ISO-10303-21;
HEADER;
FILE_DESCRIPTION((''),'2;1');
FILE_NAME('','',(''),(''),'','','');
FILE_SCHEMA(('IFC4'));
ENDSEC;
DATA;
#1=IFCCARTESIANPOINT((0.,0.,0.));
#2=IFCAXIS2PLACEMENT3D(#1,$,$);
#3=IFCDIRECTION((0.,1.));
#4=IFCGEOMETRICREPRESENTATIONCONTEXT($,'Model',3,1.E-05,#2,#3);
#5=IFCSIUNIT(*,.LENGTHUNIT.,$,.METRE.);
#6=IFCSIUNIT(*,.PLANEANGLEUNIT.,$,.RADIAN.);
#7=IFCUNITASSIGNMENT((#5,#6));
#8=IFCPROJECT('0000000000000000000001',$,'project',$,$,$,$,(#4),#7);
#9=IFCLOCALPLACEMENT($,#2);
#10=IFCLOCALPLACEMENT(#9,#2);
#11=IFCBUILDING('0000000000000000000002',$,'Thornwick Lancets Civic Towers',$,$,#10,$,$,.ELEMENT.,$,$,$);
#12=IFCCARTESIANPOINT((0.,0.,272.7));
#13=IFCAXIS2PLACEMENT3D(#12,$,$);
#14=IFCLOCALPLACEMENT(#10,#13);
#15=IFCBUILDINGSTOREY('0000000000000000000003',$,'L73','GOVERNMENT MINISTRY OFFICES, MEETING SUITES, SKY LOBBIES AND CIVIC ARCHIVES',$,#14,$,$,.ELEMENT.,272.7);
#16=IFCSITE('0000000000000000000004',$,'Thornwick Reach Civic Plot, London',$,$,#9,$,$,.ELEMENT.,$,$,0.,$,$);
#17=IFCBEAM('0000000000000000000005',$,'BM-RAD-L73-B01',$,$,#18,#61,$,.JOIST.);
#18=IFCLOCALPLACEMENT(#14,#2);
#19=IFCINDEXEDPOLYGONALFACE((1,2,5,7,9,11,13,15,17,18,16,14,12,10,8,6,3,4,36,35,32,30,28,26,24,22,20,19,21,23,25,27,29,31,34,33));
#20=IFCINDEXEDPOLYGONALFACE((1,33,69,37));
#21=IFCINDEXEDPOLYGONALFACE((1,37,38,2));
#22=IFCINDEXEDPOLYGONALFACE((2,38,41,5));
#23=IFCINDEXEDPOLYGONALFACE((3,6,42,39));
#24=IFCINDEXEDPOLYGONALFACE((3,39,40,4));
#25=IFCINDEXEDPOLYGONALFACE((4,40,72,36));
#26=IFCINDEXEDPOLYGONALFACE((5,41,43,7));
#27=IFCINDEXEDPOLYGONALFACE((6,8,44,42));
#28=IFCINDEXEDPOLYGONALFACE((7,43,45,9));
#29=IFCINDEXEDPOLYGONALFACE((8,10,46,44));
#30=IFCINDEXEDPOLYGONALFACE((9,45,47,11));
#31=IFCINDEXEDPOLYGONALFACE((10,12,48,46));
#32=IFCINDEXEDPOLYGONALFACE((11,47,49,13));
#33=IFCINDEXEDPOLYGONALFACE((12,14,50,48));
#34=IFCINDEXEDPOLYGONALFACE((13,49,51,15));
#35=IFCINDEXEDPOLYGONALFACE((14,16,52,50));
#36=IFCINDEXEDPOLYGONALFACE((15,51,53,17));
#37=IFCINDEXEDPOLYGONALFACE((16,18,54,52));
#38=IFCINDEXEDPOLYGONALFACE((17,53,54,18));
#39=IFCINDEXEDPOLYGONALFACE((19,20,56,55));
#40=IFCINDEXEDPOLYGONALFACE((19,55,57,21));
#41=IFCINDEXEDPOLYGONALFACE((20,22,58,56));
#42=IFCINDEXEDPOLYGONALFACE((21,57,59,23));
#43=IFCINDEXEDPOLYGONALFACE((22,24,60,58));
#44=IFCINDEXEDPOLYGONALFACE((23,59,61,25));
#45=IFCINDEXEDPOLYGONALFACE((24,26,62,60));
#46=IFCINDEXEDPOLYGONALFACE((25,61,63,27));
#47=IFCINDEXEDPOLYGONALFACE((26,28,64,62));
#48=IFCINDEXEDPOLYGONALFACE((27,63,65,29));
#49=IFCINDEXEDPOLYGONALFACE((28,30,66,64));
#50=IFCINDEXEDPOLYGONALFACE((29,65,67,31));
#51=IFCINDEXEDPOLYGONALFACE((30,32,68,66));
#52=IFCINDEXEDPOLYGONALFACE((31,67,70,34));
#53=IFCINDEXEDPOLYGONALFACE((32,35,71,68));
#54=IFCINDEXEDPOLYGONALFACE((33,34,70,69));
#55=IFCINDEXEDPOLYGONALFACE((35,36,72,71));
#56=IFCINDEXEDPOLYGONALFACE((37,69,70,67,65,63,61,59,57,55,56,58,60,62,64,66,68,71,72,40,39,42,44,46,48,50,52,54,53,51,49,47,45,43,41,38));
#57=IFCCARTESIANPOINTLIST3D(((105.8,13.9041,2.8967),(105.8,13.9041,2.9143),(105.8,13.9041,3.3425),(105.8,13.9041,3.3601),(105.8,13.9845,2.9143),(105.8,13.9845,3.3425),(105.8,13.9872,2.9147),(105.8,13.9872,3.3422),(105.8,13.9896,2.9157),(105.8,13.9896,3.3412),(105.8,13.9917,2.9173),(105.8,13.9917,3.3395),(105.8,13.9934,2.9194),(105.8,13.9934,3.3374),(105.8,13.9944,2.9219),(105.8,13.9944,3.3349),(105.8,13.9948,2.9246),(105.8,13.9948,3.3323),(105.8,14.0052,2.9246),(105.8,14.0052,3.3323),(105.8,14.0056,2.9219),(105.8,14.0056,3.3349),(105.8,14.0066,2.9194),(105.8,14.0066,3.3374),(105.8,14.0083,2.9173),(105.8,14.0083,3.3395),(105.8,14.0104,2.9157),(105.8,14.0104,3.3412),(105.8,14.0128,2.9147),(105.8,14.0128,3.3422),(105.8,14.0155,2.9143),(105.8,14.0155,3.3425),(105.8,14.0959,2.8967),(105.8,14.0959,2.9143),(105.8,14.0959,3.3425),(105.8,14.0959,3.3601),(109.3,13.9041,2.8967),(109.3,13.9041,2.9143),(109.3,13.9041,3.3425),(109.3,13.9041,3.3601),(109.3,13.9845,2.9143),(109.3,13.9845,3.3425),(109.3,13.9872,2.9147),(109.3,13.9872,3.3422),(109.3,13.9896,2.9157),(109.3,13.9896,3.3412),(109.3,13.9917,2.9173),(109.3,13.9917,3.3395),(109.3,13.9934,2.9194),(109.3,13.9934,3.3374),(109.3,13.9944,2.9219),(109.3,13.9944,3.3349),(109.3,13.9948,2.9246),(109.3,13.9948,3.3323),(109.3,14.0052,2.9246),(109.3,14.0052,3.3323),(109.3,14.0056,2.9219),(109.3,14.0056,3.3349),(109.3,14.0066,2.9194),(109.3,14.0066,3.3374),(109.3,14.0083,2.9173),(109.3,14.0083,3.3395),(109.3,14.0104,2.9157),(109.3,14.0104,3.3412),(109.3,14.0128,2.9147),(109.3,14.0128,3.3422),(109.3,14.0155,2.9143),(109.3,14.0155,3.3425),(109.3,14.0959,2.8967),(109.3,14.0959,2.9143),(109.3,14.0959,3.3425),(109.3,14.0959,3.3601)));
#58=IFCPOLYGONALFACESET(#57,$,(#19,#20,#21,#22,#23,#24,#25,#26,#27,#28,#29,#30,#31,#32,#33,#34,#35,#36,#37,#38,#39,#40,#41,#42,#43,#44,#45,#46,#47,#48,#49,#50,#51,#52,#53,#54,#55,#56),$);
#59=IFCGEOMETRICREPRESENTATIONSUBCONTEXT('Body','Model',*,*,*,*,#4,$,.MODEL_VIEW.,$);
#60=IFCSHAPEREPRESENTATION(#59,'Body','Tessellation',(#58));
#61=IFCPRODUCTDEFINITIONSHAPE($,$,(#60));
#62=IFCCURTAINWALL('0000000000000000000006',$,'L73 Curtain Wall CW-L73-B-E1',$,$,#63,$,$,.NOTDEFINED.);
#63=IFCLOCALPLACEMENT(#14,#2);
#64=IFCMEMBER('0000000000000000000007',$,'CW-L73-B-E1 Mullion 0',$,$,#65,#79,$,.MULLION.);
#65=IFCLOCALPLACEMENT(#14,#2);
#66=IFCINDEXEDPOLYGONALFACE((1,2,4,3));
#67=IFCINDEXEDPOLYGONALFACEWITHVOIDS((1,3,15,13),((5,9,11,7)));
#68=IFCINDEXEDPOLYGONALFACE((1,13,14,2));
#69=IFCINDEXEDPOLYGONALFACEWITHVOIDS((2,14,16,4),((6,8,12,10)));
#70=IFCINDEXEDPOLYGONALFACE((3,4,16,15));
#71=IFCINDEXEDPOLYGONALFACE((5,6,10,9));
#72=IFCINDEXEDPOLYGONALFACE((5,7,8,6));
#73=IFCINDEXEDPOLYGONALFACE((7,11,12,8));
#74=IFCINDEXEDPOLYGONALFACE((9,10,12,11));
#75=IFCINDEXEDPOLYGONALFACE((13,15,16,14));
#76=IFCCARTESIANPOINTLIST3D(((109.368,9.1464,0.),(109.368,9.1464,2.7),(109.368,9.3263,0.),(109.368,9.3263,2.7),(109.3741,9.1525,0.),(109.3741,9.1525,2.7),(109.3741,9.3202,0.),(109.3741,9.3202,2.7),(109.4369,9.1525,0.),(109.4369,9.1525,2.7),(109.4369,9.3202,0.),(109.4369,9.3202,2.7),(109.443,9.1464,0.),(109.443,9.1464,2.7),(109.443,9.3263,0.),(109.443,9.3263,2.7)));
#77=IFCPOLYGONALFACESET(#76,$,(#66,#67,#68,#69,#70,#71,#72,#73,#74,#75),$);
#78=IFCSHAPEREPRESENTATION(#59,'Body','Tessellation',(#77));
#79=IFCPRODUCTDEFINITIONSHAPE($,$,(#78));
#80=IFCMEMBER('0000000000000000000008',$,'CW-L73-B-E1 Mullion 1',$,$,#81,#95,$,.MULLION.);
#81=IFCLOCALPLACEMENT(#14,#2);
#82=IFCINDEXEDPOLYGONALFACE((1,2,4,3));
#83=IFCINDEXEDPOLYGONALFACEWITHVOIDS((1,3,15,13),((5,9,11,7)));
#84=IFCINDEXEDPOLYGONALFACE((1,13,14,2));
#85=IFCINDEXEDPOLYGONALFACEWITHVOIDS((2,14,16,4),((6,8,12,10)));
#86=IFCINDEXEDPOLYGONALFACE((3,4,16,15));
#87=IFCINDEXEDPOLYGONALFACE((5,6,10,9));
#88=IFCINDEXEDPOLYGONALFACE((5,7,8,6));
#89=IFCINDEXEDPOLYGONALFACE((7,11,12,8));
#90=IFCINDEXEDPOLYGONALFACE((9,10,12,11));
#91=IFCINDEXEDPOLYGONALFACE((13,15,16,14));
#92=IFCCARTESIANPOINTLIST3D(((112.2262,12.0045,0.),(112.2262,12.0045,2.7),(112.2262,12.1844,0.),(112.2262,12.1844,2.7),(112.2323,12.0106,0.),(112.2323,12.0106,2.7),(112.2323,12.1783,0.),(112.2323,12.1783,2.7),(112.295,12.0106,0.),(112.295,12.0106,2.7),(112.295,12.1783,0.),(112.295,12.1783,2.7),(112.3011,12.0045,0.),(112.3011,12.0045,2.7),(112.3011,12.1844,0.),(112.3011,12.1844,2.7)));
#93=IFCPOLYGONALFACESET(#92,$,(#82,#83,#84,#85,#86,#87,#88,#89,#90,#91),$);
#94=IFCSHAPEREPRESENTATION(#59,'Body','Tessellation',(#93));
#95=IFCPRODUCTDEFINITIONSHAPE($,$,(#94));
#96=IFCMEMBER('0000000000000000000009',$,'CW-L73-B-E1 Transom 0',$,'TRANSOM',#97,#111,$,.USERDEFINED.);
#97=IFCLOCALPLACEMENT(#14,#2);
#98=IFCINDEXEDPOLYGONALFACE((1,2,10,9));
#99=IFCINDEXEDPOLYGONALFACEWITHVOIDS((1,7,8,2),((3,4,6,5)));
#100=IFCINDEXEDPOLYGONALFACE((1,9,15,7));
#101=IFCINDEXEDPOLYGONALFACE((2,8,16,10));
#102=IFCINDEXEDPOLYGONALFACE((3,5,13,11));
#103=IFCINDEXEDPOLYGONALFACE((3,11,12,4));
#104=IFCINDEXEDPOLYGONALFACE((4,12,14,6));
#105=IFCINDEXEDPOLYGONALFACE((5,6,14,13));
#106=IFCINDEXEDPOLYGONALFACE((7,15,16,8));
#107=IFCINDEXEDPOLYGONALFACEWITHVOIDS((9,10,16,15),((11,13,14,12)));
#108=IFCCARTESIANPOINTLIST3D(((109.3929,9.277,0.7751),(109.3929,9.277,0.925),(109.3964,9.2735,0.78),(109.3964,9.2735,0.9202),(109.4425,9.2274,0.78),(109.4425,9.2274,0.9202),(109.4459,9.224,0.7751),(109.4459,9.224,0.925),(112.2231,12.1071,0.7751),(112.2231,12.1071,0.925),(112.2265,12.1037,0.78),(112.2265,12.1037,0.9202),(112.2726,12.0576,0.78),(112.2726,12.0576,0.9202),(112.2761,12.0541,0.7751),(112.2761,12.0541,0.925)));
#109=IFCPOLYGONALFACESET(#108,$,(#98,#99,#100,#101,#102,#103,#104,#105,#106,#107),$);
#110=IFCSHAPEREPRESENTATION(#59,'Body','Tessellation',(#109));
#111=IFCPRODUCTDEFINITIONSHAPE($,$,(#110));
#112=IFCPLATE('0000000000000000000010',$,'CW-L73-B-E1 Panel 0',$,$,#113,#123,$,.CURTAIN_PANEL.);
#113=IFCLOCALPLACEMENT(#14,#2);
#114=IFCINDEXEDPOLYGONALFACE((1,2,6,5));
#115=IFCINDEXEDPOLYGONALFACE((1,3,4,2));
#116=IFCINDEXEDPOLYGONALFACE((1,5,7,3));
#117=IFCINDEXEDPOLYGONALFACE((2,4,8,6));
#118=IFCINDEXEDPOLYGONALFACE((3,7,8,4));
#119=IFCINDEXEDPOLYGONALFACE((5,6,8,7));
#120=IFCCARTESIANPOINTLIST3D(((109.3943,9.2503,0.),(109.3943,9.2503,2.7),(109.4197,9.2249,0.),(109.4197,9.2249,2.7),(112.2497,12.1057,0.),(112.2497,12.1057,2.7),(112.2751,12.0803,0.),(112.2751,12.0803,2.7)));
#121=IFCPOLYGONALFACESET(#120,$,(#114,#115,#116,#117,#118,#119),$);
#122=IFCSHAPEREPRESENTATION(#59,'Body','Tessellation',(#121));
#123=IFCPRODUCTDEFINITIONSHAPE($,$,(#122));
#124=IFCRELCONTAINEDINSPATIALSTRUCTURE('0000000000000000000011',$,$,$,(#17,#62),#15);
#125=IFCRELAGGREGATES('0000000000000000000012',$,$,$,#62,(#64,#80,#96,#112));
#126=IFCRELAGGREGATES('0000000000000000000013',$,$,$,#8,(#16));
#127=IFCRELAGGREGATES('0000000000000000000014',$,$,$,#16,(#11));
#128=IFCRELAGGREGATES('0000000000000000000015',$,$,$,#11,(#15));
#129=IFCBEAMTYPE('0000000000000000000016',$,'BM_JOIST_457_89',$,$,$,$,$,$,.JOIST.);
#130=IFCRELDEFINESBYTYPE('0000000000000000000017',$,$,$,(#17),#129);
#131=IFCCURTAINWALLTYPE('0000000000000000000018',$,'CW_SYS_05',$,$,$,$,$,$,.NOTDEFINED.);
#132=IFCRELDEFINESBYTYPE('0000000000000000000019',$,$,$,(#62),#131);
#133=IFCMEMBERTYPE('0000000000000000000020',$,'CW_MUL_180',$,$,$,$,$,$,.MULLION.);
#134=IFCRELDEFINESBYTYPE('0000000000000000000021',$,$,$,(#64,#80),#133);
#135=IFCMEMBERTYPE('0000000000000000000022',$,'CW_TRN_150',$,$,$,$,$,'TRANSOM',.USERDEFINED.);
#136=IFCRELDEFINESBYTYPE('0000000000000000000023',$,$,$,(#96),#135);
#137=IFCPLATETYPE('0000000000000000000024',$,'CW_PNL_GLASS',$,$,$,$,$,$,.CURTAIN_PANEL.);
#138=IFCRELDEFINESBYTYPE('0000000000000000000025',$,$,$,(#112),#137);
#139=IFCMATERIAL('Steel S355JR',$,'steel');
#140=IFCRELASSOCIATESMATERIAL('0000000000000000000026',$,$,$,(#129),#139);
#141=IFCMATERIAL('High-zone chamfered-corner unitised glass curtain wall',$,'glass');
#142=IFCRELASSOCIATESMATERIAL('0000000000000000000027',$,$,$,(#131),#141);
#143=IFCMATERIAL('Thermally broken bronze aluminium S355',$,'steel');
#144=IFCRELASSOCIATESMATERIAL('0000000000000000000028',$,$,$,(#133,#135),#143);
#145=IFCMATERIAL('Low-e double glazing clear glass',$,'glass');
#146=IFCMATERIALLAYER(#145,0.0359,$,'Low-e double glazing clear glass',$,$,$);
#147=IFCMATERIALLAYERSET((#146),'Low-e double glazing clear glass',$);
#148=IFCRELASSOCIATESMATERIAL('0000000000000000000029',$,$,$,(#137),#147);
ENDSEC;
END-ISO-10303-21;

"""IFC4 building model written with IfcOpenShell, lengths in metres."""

from ifc_helpers import new_model, si_unit, direction, frame, origin, origin_2d, place, context, subcontext, project, spatial, rectangle, hollow_rectangle, i_section, extrude, material, layer, layer_set, material_profile, profile_set, type_object, element, aggregate, save


model = new_model("IFC4")

# Units and contexts
model_context = context("Model", 3, precision=1e-05, world=origin(), true_north=direction((0.0, 1.0)))
body_context = subcontext(model_context, "Body", "Model", "MODEL_VIEW")
ifc_project = project(units=[si_unit("LENGTHUNIT", "METRE"), si_unit("PLANEANGLEUNIT", "RADIAN")], contexts=[model_context])

# Site, building, storey
site_placement = place(None, origin())
site = spatial("IfcSite", under=ifc_project, at=site_placement, Name="Thornwick Reach Civic Plot, London", CompositionType="ELEMENT", RefElevation=0.0)
building_placement = place(site_placement, origin())
building = spatial("IfcBuilding", under=site, at=building_placement, Name="Thornwick Lancets Civic Towers", CompositionType="ELEMENT")
storey_placement = place(building_placement, frame((0.0, 0.0, 272.7)))
storey = spatial("IfcBuildingStorey", under=building, at=storey_placement, Name="L73", Description="GOVERNMENT MINISTRY OFFICES, MEETING SUITES, SKY LOBBIES AND CIVIC ARCHIVES", CompositionType="ELEMENT", Elevation=272.7)

# Shared definitions
ifc_material_1 = material(Name="Steel S355JR", Category="steel")

# Beam
ifc_material_profile_1 = material_profile(ifc_material_1, i_section(OverallWidth=0.1919, OverallDepth=0.4634, WebThickness=0.0105, FlangeThickness=0.0176, FilletRadius=0.0103, at=origin_2d()), Name="UKB 457x191x89")
ifc_profile_set_1 = profile_set([ifc_material_profile_1], Name="Steel S355JR")
beam_type_1 = type_object("IfcBeamType", Name="BM_JOIST_457_89", PredefinedType="JOIST", material=ifc_profile_set_1)
beam_placement = place(storey_placement, frame((105.8, 14.0, 3.1284), z_axis=(1.0, 0.0, 0.0), x_axis=(0.0, 1.0, 0.0)))
element("IfcBeam", 1, at=beam_placement, inside=storey, type_object=beam_type_1, Name="BM-RAD-L73-B01", PredefinedType="JOIST", context=body_context, shape_type="SweptSolid", body=[
    extrude(i_section(OverallWidth=0.1919, OverallDepth=0.4634, WebThickness=0.0105, FlangeThickness=0.0176, FilletRadius=0.0103, at=origin_2d()), origin(), (0.0, 0.0, 1.0), 3.5),
])

# Curtain wall, members, plate
ifc_material_2 = material(Name="High-zone chamfered-corner unitised glass curtain wall", Category="glass")
curtain_wall_type = type_object("IfcCurtainWallType", Name="CW_SYS_05", PredefinedType="NOTDEFINED", material=ifc_material_2)
curtain_wall_placement = place(storey_placement, origin())
curtain_wall = element("IfcCurtainWall", 2, at=curtain_wall_placement, inside=storey, type_object=curtain_wall_type, Name="L73 Curtain Wall CW-L73-B-E1", PredefinedType="NOTDEFINED")
ifc_material_3 = material(Name="Thermally broken bronze aluminium S355", Category="steel")
ifc_material_profile_2 = material_profile(ifc_material_3, hollow_rectangle(XDim=0.075, YDim=0.1799, WallThickness=0.0061, at=origin_2d()), Name="RHS 180x75x6")
ifc_profile_set_2 = profile_set([ifc_material_profile_2], Name="Thermally broken bronze aluminium S355")
member_type_1 = type_object("IfcMemberType", Name="CW_MUL_180", PredefinedType="MULLION", material=ifc_profile_set_2)
member_1_placement = place(storey_placement, frame((109.4055, 9.2363, 0.0), z_axis=(0.0, 0.0, 1.0), x_axis=(1.0, 0.0, 0.0)))
member_1 = element("IfcMember", 3, at=member_1_placement, type_object=member_type_1, Name="CW-L73-B-E1 Mullion 0", PredefinedType="MULLION", context=body_context, shape_type="SweptSolid", body=[
    extrude(hollow_rectangle(XDim=0.075, YDim=0.1799, WallThickness=0.0061, at=origin_2d()), origin(), (0.0, 0.0, 1.0), 2.7),
])
member_2_placement = place(storey_placement, frame((112.2637, 12.0945, 0.0), z_axis=(0.0, 0.0, 1.0), x_axis=(1.0, 0.0, 0.0)))
member_2 = element("IfcMember", 4, at=member_2_placement, type_object=member_type_1, Name="CW-L73-B-E1 Mullion 1", PredefinedType="MULLION", context=body_context, shape_type="SweptSolid", body=[
    extrude(hollow_rectangle(XDim=0.075, YDim=0.1799, WallThickness=0.0061, at=origin_2d()), origin(), (0.0, 0.0, 1.0), 2.7),
])
ifc_material_profile_3 = material_profile(ifc_material_3, hollow_rectangle(XDim=0.075, YDim=0.1499, WallThickness=0.0049, at=origin_2d()), Name="RHS 150x75x5")
ifc_profile_set_3 = profile_set([ifc_material_profile_3], Name="Thermally broken bronze aluminium S355")
member_type_2 = type_object("IfcMemberType", Name="CW_TRN_150", ElementType="TRANSOM", PredefinedType="USERDEFINED", material=ifc_profile_set_3)
member_3_placement = place(storey_placement, frame((109.4194, 9.2505, 0.8501), z_axis=(0.707107, 0.707107, 0.0), x_axis=(-0.707107, 0.707107, 0.0)))
member_3 = element("IfcMember", 5, at=member_3_placement, type_object=member_type_2, Name="CW-L73-B-E1 Transom 0", ObjectType="TRANSOM", PredefinedType="USERDEFINED", context=body_context, shape_type="SweptSolid", body=[
    extrude(hollow_rectangle(XDim=0.075, YDim=0.1499, WallThickness=0.0049, at=origin_2d()), origin(), (0.0, 0.0, 1.0), 4.0024),
])
ifc_material_4 = material(Name="Low-e double glazing clear glass", Category="glass")
ifc_layer_1 = layer(ifc_material_4, 0.0359, Name="Low-e double glazing clear glass")
ifc_layer_set_1 = layer_set([ifc_layer_1], Name="Low-e double glazing clear glass")
plate_type = type_object("IfcPlateType", Name="CW_PNL_GLASS", PredefinedType="CURTAIN_PANEL", material=ifc_layer_set_1)
plate_placement = place(storey_placement, frame((110.8347, 10.6653, 0.0), z_axis=(0.0, 0.0, 1.0), x_axis=(0.707107, 0.707107, 0.0)))
plate = element("IfcPlate", 6, at=plate_placement, type_object=plate_type, Name="CW-L73-B-E1 Panel 0", PredefinedType="CURTAIN_PANEL", context=body_context, shape_type="SweptSolid", body=[
    extrude(rectangle(XDim=4.0381, YDim=0.0359, at=origin_2d()), origin(), (0.0, 0.0, 1.0), 2.7),
])
aggregate(curtain_wall, [member_1, member_2, member_3, plate])

save(model, "model.ifc")
